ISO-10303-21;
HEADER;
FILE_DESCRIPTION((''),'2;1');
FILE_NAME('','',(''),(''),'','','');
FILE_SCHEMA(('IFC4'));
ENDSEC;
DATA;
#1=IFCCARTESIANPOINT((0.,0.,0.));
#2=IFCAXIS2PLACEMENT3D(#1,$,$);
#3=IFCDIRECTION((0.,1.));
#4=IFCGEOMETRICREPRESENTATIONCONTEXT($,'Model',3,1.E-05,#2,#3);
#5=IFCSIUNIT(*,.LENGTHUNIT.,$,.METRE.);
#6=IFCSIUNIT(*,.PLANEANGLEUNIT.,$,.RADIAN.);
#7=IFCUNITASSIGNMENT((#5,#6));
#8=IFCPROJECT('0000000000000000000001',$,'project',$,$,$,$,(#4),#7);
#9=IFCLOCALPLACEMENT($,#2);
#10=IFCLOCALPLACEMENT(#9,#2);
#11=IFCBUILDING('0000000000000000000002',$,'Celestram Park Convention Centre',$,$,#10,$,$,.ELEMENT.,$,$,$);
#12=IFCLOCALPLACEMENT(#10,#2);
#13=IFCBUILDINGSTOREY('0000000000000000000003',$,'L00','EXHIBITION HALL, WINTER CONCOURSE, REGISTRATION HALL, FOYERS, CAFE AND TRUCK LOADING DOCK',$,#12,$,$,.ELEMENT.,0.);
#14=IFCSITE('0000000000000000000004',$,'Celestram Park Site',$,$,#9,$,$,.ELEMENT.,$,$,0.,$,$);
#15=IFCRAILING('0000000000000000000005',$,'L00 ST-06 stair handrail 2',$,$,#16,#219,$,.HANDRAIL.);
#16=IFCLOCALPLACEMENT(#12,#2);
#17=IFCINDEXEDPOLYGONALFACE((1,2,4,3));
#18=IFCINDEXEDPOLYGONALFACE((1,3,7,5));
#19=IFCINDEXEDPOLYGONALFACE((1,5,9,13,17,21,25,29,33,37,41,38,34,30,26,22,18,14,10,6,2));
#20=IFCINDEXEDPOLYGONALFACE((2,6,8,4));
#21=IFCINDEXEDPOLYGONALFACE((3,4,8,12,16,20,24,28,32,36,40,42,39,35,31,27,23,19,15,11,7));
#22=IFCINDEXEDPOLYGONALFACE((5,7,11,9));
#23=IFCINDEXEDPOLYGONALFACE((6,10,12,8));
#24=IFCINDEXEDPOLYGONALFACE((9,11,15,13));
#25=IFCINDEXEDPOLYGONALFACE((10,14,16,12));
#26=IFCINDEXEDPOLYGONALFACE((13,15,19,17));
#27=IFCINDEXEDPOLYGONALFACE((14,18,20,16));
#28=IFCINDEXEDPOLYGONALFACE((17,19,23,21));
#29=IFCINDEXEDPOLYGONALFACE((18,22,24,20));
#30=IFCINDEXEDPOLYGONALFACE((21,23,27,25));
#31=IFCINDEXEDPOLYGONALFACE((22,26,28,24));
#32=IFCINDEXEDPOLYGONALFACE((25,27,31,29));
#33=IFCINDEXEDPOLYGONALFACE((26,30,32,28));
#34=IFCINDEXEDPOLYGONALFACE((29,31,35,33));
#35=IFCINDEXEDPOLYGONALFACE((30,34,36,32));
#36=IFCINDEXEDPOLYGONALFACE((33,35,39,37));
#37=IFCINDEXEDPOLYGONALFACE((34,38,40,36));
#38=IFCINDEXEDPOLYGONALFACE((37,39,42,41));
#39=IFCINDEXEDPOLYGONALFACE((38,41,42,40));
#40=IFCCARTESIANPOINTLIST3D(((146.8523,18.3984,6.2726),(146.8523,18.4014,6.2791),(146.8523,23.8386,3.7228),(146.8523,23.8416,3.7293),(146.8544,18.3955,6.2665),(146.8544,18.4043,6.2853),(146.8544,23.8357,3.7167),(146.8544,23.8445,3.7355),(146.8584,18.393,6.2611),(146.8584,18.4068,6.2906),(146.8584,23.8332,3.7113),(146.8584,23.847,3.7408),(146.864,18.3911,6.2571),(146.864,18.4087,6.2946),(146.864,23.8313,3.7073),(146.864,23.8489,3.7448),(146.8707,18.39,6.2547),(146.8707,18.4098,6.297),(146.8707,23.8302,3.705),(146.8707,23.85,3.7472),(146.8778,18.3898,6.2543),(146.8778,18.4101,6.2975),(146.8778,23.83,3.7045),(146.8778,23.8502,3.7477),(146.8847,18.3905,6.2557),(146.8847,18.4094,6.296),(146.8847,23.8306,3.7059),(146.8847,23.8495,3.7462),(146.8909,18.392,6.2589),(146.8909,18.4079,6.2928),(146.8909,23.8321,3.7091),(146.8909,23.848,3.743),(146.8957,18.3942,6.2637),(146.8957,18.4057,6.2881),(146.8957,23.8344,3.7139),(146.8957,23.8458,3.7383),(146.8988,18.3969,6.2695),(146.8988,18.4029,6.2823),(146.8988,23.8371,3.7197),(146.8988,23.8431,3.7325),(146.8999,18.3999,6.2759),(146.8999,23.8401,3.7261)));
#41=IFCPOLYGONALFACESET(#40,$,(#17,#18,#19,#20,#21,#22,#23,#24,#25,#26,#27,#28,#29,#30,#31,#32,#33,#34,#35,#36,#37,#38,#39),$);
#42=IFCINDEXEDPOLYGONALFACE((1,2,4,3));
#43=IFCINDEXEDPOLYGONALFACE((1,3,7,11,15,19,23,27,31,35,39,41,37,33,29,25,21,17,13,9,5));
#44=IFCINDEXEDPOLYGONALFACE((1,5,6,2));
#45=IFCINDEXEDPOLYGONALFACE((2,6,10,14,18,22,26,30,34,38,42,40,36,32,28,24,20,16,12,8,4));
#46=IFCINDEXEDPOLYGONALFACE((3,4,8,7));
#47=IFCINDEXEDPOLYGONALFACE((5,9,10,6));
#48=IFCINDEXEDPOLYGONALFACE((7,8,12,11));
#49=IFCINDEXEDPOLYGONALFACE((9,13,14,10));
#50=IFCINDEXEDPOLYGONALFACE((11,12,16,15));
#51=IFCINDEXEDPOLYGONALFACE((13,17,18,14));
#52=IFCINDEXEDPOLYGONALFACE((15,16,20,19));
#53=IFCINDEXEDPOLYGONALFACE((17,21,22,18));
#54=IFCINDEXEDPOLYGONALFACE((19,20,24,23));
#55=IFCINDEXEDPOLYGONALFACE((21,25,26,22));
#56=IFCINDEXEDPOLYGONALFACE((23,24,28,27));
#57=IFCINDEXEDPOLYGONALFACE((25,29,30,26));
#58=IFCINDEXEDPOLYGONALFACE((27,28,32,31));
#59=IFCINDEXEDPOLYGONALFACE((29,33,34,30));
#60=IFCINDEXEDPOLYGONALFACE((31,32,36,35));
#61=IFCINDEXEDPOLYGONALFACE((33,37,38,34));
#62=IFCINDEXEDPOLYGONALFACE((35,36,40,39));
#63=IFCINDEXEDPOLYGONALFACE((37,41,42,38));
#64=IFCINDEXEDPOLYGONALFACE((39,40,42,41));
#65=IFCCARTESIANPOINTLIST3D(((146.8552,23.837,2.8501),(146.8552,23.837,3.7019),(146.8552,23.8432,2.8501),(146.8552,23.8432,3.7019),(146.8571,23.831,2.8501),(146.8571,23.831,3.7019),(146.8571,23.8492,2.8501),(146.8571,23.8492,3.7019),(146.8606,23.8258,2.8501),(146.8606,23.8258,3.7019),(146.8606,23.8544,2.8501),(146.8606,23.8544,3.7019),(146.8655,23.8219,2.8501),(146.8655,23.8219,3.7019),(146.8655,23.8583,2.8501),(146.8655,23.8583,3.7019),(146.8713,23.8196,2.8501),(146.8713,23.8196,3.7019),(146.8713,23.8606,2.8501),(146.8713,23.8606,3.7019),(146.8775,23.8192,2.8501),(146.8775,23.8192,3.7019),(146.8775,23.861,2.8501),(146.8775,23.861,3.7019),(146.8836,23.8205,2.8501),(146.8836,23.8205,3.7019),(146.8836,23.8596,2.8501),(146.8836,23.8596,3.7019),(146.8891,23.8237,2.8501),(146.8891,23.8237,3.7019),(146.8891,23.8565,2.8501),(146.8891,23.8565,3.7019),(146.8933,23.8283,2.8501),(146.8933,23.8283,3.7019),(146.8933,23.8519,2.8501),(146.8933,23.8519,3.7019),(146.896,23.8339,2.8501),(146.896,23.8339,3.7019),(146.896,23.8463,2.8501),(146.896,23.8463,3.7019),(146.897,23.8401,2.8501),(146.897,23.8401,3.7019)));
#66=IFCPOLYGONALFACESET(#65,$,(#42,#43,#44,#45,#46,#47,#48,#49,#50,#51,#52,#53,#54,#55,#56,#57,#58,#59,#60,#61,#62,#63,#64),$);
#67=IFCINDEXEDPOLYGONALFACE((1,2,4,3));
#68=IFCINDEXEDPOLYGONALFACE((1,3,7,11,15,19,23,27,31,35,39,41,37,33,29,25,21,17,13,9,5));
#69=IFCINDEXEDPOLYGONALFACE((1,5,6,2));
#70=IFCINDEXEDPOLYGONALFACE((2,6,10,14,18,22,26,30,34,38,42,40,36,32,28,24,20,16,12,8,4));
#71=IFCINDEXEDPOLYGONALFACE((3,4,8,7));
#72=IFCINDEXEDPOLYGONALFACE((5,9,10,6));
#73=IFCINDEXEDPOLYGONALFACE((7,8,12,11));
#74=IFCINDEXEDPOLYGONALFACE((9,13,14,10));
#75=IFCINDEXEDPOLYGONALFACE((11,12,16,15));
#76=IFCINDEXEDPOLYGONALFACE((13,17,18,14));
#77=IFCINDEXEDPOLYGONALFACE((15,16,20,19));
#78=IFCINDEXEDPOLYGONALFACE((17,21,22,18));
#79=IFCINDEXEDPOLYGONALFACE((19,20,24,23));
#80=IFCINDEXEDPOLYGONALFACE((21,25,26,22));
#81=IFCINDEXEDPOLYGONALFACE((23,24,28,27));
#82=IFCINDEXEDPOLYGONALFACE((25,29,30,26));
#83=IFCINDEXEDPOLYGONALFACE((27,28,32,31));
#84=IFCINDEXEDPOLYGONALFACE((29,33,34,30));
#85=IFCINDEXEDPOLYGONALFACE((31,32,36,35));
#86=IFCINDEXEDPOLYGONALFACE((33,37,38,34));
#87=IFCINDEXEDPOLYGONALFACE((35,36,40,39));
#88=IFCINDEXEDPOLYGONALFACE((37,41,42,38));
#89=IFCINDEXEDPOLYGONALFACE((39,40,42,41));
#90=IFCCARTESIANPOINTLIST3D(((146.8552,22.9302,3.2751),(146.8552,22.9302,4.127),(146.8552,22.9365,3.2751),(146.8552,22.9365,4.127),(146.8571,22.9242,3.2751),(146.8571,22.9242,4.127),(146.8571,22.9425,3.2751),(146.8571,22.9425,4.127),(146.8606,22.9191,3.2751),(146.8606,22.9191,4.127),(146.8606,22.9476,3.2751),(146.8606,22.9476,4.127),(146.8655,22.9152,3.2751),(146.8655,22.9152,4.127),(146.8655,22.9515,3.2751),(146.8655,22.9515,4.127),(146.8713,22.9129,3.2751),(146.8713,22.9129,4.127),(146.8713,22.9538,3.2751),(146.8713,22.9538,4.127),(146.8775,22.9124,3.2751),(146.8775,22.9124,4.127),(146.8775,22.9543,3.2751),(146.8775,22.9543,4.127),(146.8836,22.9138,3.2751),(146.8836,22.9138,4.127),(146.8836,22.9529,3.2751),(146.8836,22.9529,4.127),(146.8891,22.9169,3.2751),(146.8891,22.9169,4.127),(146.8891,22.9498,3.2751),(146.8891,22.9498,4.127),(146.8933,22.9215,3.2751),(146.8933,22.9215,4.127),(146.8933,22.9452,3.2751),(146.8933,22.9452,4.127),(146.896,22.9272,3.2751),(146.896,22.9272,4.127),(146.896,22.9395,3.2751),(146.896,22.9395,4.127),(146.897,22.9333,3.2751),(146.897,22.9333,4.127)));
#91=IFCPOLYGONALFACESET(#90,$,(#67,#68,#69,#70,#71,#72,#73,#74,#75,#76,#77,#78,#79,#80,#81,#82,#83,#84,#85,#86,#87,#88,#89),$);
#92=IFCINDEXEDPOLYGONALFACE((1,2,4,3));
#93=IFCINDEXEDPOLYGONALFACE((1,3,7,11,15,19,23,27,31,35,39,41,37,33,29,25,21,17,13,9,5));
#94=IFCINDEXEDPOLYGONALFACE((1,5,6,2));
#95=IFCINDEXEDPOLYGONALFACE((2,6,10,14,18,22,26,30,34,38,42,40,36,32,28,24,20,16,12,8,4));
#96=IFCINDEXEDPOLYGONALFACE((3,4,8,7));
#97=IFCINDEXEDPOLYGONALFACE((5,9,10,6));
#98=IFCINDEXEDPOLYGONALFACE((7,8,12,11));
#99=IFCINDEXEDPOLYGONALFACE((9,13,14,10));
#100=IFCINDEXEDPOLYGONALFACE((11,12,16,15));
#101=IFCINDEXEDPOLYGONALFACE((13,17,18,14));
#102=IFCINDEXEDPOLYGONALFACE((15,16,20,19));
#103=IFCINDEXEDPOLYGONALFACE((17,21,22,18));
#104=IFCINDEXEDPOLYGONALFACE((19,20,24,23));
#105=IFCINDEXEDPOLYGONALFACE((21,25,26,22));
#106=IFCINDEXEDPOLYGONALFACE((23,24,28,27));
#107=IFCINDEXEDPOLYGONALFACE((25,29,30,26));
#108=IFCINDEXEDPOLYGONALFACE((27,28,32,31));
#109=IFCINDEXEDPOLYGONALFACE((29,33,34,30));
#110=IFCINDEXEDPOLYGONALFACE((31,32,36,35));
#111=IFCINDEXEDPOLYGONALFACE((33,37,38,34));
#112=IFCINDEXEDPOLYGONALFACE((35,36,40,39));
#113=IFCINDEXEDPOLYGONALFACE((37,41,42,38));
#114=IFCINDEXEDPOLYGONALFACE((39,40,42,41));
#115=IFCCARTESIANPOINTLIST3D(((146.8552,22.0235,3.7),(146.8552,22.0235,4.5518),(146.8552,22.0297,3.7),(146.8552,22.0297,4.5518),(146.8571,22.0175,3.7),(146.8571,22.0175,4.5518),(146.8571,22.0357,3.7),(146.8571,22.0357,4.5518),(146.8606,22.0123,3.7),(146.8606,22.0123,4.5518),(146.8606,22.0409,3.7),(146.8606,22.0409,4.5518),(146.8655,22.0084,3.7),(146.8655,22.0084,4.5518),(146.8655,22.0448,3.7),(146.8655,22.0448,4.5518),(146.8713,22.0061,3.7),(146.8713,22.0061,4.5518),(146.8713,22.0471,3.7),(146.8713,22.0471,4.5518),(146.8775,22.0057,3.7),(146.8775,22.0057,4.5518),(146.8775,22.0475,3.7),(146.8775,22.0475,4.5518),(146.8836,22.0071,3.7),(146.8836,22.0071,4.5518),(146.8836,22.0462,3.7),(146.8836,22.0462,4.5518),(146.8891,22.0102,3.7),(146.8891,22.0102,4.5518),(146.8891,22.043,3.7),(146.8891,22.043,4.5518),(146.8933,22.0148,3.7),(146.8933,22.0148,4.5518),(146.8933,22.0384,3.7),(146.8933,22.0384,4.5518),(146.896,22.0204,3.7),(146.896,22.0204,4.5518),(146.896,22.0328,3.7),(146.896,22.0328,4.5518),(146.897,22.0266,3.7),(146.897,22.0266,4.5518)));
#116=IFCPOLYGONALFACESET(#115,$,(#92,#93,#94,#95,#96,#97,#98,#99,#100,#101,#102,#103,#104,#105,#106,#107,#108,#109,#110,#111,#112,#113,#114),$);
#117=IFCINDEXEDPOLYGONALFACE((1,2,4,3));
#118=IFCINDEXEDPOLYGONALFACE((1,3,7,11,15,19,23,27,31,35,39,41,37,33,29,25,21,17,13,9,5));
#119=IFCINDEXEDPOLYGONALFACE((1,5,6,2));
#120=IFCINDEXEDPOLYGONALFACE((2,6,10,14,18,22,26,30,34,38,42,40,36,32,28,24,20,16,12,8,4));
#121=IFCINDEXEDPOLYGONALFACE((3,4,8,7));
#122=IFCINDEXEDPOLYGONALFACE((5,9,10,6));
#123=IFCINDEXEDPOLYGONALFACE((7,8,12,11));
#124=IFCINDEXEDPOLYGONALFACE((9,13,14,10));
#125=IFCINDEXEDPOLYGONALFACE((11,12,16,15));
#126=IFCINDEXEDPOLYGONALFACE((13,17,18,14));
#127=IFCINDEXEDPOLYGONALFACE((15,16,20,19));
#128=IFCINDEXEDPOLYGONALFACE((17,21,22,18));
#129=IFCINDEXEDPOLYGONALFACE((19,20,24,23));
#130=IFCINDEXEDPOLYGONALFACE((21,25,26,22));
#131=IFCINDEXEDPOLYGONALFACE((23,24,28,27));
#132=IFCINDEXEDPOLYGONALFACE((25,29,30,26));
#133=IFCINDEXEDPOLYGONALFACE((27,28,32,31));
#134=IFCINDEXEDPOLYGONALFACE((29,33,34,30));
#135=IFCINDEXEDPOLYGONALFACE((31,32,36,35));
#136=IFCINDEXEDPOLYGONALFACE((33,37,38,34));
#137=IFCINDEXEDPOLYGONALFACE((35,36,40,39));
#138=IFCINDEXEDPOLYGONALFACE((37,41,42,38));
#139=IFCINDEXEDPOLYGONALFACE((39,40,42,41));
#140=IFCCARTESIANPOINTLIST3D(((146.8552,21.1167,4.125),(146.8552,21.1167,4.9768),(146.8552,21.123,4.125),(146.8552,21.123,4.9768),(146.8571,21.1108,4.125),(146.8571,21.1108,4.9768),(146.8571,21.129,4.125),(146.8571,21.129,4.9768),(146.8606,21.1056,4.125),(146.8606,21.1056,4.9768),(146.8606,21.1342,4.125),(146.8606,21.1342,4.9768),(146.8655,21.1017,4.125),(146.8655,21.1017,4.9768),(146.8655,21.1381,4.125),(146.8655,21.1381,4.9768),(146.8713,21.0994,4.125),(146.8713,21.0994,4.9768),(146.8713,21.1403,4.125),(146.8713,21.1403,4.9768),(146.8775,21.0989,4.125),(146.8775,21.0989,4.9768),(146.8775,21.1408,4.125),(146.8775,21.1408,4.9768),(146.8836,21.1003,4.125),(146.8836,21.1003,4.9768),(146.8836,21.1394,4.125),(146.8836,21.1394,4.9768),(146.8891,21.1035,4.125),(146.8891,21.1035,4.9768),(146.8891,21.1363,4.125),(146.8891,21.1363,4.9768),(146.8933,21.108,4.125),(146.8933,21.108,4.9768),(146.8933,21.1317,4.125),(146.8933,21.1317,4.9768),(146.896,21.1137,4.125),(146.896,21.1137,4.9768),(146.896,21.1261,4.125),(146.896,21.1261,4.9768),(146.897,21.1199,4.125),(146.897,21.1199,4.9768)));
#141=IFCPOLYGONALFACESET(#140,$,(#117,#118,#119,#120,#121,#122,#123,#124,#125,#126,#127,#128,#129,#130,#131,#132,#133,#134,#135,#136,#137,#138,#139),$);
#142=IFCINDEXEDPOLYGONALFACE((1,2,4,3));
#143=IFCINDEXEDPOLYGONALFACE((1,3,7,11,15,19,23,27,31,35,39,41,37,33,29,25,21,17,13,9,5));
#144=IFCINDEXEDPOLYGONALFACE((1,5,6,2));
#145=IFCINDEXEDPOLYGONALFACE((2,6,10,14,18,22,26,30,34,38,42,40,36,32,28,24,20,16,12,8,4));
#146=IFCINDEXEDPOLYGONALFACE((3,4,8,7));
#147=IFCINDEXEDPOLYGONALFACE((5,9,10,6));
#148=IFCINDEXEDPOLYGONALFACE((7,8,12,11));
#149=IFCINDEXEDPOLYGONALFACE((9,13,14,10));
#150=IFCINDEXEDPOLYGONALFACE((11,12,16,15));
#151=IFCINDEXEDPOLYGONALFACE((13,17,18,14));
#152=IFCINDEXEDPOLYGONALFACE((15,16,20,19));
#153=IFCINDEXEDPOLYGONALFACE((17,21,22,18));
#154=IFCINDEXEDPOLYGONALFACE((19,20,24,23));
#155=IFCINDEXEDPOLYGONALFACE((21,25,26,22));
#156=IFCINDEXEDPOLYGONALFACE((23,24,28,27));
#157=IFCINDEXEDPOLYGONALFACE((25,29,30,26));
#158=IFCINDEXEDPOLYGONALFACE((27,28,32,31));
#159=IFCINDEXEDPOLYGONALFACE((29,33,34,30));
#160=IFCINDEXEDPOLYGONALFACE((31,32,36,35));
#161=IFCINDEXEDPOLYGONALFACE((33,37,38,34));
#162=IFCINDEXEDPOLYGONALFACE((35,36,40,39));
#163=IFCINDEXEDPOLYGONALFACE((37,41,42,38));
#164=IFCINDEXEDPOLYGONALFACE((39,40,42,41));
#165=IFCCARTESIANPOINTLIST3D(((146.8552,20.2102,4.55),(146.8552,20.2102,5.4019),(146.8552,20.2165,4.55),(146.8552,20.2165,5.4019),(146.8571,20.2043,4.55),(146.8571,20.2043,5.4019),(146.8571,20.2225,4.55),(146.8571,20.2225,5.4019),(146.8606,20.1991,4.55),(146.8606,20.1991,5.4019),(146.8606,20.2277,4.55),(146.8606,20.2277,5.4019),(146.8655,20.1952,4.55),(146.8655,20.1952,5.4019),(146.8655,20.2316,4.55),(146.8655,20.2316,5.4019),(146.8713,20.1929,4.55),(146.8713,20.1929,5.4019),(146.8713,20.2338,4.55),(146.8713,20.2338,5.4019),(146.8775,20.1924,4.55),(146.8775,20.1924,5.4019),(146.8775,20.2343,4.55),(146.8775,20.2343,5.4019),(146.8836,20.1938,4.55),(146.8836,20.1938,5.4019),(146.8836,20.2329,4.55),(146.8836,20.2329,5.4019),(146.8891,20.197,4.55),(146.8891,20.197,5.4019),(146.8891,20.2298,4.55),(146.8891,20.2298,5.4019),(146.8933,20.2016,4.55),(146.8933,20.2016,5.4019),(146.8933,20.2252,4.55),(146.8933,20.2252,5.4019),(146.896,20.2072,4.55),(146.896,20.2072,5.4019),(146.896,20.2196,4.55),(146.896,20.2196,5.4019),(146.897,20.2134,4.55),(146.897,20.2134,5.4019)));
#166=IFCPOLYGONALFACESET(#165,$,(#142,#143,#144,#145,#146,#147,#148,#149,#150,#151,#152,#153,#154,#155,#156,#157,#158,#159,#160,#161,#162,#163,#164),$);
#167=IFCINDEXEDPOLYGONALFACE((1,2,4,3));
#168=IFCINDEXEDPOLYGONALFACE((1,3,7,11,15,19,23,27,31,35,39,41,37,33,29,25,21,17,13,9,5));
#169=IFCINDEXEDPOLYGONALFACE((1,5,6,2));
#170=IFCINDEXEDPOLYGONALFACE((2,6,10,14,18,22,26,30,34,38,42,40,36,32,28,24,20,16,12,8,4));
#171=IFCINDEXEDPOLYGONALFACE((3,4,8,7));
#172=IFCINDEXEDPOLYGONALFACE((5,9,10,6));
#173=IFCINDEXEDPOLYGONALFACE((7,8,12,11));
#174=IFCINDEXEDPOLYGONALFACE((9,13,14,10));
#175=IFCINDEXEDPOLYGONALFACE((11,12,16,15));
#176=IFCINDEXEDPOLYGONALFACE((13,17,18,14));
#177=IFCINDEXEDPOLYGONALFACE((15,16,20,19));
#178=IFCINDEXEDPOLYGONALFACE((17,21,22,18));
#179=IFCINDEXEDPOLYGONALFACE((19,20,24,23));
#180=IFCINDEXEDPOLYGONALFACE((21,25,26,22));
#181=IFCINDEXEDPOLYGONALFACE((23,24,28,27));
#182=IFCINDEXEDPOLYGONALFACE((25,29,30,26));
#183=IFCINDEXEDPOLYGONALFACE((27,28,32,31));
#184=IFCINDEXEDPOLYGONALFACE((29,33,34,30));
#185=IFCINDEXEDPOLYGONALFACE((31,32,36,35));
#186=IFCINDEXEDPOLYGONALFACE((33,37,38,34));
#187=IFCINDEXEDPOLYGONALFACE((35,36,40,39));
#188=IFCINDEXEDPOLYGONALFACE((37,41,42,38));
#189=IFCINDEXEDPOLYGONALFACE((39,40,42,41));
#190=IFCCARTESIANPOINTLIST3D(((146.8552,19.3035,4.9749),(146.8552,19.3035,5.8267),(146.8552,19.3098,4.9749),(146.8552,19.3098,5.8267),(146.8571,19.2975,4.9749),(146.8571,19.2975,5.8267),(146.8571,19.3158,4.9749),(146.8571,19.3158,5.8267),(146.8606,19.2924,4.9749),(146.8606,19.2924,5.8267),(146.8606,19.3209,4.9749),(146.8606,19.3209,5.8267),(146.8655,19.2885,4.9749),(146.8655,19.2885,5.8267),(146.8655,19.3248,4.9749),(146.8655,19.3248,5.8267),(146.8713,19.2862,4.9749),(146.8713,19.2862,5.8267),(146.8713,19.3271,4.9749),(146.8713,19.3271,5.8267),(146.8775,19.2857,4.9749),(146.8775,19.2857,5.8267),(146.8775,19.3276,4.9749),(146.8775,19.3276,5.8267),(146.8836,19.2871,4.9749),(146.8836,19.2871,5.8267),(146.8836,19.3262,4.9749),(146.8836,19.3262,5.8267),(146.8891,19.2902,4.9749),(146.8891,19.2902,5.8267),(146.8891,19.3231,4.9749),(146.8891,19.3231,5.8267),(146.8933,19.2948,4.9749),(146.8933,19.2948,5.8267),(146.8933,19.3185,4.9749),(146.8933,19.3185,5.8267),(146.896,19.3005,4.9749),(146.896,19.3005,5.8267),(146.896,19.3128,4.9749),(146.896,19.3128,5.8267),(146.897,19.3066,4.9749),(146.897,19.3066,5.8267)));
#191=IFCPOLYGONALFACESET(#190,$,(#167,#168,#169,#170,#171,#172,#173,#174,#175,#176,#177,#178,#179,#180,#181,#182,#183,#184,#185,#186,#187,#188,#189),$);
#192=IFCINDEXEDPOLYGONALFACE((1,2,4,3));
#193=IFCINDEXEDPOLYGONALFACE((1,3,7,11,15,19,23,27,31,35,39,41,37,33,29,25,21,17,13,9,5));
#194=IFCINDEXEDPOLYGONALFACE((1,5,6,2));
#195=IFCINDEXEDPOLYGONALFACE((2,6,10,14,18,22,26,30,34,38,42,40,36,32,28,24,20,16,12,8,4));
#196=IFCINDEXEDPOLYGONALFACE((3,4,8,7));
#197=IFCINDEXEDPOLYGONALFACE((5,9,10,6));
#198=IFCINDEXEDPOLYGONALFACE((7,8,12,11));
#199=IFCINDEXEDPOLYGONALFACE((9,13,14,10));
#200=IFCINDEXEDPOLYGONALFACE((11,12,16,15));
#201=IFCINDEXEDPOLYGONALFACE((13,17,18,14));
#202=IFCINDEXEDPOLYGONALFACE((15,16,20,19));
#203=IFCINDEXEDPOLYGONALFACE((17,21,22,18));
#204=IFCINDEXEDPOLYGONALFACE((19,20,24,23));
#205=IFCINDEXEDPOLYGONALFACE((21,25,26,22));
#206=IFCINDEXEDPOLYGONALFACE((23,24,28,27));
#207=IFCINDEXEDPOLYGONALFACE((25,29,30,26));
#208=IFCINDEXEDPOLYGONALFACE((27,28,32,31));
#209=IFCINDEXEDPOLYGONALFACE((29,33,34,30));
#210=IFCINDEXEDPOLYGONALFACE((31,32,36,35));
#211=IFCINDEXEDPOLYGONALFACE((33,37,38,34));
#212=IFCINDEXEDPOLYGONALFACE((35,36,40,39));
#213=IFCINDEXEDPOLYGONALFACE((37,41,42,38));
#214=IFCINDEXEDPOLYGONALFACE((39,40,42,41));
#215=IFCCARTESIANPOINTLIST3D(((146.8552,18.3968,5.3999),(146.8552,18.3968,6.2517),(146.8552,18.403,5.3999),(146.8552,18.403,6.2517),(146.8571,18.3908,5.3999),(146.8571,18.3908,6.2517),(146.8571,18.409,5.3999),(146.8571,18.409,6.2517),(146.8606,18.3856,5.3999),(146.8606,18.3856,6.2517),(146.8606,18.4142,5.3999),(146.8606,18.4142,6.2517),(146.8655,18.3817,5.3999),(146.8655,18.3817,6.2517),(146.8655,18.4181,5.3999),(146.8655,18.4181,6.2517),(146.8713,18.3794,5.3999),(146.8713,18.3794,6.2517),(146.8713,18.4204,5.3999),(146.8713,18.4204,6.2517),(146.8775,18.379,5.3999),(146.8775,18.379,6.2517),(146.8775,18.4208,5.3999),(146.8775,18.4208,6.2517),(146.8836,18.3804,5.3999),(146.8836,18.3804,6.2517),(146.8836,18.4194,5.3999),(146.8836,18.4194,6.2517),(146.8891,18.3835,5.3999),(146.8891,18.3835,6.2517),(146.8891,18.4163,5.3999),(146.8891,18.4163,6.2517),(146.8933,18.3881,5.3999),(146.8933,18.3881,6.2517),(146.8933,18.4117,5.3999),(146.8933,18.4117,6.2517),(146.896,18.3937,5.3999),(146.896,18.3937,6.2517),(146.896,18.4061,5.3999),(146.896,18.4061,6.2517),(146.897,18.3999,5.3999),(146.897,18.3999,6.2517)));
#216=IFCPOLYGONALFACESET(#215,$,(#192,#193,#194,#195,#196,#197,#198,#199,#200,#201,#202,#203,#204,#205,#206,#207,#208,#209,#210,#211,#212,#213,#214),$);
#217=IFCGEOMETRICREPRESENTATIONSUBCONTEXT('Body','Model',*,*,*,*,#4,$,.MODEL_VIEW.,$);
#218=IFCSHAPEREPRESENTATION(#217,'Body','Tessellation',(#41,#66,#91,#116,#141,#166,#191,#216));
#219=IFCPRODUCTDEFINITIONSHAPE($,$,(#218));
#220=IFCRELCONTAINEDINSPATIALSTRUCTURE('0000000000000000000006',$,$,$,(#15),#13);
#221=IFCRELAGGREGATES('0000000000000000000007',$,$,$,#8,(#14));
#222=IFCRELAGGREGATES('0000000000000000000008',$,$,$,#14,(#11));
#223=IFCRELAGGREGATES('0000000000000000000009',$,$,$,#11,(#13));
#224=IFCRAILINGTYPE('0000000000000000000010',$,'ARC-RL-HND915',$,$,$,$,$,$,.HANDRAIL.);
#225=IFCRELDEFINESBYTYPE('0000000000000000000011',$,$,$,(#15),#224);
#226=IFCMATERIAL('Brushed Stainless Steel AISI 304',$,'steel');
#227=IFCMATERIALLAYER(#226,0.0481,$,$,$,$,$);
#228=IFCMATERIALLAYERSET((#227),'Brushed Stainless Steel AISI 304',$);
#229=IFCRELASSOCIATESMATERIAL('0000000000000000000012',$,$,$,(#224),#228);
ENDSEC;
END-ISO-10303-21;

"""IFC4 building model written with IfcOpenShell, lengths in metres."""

from ifc_helpers import new_model, si_unit, direction, frame, origin, origin_2d, place, context, subcontext, project, spatial, circle, extrude, material, layer, layer_set, type_object, element, save


model = new_model("IFC4")

# Units and contexts
model_context = context("Model", 3, precision=1e-05, world=origin(), true_north=direction((0.0, 1.0)))
body_context = subcontext(model_context, "Body", "Model", "MODEL_VIEW")
ifc_project = project(units=[si_unit("LENGTHUNIT", "METRE"), si_unit("PLANEANGLEUNIT", "RADIAN")], contexts=[model_context])

# Site, building, storey
site_placement = place(None, origin())
site = spatial("IfcSite", under=ifc_project, at=site_placement, Name="Celestram Park Site", CompositionType="ELEMENT", RefElevation=0.0)
building_placement = place(site_placement, origin())
building = spatial("IfcBuilding", under=site, at=building_placement, Name="Celestram Park Convention Centre", CompositionType="ELEMENT")
storey_placement = place(building_placement, origin())
storey = spatial("IfcBuildingStorey", under=building, at=storey_placement, Name="L00", Description="EXHIBITION HALL, WINTER CONCOURSE, REGISTRATION HALL, FOYERS, CAFE AND TRUCK LOADING DOCK", CompositionType="ELEMENT", Elevation=0.0)

# Railing
ifc_material_1 = material(Name="Brushed Stainless Steel AISI 304", Category="steel")
ifc_layer_1 = layer(ifc_material_1, 0.0481)
ifc_layer_set_1 = layer_set([ifc_layer_1], Name="Brushed Stainless Steel AISI 304")
railing_type_1 = type_object("IfcRailingType", Name="ARC-RL-HND915", PredefinedType="HANDRAIL", material=ifc_layer_set_1)
railing_1_placement = place(storey_placement, frame((146.876, 23.8401, 2.8501)))
element("IfcRailing", 1, at=railing_1_placement, inside=storey, type_object=railing_type_1, Name="L00 ST-06 stair handrail 2", PredefinedType="HANDRAIL", context=body_context, shape_type="SweptSolid", body=[
    extrude(circle(Radius=0.0239, at=origin_2d()), frame((0.0, 0.0, 0.876), z_axis=(0.0, -0.905477, 0.424395), x_axis=(1.0, 0.0, 0.0)), (0.0, 0.0, 1.0), 6.0081),
    extrude(circle(Radius=0.021, at=origin_2d()), origin(), (0.0, 0.0, 1.0), 0.8518),
    extrude(circle(Radius=0.021, at=origin_2d()), frame((0.0, -0.9067, 0.425)), (0.0, 0.0, 1.0), 0.8518),
    extrude(circle(Radius=0.021, at=origin_2d()), frame((0.0, -1.8135, 0.8499)), (0.0, 0.0, 1.0), 0.8518),
    extrude(circle(Radius=0.021, at=origin_2d()), frame((0.0, -2.7202, 1.2749)), (0.0, 0.0, 1.0), 0.8518),
    extrude(circle(Radius=0.021, at=origin_2d()), frame((0.0, -3.6267, 1.7)), (0.0, 0.0, 1.0), 0.8518),
    extrude(circle(Radius=0.021, at=origin_2d()), frame((0.0, -4.5334, 2.1248)), (0.0, 0.0, 1.0), 0.8518),
    extrude(circle(Radius=0.021, at=origin_2d()), frame((0.0, -5.4402, 2.5498)), (0.0, 0.0, 1.0), 0.8518),
])

save(model, "model.ifc")
